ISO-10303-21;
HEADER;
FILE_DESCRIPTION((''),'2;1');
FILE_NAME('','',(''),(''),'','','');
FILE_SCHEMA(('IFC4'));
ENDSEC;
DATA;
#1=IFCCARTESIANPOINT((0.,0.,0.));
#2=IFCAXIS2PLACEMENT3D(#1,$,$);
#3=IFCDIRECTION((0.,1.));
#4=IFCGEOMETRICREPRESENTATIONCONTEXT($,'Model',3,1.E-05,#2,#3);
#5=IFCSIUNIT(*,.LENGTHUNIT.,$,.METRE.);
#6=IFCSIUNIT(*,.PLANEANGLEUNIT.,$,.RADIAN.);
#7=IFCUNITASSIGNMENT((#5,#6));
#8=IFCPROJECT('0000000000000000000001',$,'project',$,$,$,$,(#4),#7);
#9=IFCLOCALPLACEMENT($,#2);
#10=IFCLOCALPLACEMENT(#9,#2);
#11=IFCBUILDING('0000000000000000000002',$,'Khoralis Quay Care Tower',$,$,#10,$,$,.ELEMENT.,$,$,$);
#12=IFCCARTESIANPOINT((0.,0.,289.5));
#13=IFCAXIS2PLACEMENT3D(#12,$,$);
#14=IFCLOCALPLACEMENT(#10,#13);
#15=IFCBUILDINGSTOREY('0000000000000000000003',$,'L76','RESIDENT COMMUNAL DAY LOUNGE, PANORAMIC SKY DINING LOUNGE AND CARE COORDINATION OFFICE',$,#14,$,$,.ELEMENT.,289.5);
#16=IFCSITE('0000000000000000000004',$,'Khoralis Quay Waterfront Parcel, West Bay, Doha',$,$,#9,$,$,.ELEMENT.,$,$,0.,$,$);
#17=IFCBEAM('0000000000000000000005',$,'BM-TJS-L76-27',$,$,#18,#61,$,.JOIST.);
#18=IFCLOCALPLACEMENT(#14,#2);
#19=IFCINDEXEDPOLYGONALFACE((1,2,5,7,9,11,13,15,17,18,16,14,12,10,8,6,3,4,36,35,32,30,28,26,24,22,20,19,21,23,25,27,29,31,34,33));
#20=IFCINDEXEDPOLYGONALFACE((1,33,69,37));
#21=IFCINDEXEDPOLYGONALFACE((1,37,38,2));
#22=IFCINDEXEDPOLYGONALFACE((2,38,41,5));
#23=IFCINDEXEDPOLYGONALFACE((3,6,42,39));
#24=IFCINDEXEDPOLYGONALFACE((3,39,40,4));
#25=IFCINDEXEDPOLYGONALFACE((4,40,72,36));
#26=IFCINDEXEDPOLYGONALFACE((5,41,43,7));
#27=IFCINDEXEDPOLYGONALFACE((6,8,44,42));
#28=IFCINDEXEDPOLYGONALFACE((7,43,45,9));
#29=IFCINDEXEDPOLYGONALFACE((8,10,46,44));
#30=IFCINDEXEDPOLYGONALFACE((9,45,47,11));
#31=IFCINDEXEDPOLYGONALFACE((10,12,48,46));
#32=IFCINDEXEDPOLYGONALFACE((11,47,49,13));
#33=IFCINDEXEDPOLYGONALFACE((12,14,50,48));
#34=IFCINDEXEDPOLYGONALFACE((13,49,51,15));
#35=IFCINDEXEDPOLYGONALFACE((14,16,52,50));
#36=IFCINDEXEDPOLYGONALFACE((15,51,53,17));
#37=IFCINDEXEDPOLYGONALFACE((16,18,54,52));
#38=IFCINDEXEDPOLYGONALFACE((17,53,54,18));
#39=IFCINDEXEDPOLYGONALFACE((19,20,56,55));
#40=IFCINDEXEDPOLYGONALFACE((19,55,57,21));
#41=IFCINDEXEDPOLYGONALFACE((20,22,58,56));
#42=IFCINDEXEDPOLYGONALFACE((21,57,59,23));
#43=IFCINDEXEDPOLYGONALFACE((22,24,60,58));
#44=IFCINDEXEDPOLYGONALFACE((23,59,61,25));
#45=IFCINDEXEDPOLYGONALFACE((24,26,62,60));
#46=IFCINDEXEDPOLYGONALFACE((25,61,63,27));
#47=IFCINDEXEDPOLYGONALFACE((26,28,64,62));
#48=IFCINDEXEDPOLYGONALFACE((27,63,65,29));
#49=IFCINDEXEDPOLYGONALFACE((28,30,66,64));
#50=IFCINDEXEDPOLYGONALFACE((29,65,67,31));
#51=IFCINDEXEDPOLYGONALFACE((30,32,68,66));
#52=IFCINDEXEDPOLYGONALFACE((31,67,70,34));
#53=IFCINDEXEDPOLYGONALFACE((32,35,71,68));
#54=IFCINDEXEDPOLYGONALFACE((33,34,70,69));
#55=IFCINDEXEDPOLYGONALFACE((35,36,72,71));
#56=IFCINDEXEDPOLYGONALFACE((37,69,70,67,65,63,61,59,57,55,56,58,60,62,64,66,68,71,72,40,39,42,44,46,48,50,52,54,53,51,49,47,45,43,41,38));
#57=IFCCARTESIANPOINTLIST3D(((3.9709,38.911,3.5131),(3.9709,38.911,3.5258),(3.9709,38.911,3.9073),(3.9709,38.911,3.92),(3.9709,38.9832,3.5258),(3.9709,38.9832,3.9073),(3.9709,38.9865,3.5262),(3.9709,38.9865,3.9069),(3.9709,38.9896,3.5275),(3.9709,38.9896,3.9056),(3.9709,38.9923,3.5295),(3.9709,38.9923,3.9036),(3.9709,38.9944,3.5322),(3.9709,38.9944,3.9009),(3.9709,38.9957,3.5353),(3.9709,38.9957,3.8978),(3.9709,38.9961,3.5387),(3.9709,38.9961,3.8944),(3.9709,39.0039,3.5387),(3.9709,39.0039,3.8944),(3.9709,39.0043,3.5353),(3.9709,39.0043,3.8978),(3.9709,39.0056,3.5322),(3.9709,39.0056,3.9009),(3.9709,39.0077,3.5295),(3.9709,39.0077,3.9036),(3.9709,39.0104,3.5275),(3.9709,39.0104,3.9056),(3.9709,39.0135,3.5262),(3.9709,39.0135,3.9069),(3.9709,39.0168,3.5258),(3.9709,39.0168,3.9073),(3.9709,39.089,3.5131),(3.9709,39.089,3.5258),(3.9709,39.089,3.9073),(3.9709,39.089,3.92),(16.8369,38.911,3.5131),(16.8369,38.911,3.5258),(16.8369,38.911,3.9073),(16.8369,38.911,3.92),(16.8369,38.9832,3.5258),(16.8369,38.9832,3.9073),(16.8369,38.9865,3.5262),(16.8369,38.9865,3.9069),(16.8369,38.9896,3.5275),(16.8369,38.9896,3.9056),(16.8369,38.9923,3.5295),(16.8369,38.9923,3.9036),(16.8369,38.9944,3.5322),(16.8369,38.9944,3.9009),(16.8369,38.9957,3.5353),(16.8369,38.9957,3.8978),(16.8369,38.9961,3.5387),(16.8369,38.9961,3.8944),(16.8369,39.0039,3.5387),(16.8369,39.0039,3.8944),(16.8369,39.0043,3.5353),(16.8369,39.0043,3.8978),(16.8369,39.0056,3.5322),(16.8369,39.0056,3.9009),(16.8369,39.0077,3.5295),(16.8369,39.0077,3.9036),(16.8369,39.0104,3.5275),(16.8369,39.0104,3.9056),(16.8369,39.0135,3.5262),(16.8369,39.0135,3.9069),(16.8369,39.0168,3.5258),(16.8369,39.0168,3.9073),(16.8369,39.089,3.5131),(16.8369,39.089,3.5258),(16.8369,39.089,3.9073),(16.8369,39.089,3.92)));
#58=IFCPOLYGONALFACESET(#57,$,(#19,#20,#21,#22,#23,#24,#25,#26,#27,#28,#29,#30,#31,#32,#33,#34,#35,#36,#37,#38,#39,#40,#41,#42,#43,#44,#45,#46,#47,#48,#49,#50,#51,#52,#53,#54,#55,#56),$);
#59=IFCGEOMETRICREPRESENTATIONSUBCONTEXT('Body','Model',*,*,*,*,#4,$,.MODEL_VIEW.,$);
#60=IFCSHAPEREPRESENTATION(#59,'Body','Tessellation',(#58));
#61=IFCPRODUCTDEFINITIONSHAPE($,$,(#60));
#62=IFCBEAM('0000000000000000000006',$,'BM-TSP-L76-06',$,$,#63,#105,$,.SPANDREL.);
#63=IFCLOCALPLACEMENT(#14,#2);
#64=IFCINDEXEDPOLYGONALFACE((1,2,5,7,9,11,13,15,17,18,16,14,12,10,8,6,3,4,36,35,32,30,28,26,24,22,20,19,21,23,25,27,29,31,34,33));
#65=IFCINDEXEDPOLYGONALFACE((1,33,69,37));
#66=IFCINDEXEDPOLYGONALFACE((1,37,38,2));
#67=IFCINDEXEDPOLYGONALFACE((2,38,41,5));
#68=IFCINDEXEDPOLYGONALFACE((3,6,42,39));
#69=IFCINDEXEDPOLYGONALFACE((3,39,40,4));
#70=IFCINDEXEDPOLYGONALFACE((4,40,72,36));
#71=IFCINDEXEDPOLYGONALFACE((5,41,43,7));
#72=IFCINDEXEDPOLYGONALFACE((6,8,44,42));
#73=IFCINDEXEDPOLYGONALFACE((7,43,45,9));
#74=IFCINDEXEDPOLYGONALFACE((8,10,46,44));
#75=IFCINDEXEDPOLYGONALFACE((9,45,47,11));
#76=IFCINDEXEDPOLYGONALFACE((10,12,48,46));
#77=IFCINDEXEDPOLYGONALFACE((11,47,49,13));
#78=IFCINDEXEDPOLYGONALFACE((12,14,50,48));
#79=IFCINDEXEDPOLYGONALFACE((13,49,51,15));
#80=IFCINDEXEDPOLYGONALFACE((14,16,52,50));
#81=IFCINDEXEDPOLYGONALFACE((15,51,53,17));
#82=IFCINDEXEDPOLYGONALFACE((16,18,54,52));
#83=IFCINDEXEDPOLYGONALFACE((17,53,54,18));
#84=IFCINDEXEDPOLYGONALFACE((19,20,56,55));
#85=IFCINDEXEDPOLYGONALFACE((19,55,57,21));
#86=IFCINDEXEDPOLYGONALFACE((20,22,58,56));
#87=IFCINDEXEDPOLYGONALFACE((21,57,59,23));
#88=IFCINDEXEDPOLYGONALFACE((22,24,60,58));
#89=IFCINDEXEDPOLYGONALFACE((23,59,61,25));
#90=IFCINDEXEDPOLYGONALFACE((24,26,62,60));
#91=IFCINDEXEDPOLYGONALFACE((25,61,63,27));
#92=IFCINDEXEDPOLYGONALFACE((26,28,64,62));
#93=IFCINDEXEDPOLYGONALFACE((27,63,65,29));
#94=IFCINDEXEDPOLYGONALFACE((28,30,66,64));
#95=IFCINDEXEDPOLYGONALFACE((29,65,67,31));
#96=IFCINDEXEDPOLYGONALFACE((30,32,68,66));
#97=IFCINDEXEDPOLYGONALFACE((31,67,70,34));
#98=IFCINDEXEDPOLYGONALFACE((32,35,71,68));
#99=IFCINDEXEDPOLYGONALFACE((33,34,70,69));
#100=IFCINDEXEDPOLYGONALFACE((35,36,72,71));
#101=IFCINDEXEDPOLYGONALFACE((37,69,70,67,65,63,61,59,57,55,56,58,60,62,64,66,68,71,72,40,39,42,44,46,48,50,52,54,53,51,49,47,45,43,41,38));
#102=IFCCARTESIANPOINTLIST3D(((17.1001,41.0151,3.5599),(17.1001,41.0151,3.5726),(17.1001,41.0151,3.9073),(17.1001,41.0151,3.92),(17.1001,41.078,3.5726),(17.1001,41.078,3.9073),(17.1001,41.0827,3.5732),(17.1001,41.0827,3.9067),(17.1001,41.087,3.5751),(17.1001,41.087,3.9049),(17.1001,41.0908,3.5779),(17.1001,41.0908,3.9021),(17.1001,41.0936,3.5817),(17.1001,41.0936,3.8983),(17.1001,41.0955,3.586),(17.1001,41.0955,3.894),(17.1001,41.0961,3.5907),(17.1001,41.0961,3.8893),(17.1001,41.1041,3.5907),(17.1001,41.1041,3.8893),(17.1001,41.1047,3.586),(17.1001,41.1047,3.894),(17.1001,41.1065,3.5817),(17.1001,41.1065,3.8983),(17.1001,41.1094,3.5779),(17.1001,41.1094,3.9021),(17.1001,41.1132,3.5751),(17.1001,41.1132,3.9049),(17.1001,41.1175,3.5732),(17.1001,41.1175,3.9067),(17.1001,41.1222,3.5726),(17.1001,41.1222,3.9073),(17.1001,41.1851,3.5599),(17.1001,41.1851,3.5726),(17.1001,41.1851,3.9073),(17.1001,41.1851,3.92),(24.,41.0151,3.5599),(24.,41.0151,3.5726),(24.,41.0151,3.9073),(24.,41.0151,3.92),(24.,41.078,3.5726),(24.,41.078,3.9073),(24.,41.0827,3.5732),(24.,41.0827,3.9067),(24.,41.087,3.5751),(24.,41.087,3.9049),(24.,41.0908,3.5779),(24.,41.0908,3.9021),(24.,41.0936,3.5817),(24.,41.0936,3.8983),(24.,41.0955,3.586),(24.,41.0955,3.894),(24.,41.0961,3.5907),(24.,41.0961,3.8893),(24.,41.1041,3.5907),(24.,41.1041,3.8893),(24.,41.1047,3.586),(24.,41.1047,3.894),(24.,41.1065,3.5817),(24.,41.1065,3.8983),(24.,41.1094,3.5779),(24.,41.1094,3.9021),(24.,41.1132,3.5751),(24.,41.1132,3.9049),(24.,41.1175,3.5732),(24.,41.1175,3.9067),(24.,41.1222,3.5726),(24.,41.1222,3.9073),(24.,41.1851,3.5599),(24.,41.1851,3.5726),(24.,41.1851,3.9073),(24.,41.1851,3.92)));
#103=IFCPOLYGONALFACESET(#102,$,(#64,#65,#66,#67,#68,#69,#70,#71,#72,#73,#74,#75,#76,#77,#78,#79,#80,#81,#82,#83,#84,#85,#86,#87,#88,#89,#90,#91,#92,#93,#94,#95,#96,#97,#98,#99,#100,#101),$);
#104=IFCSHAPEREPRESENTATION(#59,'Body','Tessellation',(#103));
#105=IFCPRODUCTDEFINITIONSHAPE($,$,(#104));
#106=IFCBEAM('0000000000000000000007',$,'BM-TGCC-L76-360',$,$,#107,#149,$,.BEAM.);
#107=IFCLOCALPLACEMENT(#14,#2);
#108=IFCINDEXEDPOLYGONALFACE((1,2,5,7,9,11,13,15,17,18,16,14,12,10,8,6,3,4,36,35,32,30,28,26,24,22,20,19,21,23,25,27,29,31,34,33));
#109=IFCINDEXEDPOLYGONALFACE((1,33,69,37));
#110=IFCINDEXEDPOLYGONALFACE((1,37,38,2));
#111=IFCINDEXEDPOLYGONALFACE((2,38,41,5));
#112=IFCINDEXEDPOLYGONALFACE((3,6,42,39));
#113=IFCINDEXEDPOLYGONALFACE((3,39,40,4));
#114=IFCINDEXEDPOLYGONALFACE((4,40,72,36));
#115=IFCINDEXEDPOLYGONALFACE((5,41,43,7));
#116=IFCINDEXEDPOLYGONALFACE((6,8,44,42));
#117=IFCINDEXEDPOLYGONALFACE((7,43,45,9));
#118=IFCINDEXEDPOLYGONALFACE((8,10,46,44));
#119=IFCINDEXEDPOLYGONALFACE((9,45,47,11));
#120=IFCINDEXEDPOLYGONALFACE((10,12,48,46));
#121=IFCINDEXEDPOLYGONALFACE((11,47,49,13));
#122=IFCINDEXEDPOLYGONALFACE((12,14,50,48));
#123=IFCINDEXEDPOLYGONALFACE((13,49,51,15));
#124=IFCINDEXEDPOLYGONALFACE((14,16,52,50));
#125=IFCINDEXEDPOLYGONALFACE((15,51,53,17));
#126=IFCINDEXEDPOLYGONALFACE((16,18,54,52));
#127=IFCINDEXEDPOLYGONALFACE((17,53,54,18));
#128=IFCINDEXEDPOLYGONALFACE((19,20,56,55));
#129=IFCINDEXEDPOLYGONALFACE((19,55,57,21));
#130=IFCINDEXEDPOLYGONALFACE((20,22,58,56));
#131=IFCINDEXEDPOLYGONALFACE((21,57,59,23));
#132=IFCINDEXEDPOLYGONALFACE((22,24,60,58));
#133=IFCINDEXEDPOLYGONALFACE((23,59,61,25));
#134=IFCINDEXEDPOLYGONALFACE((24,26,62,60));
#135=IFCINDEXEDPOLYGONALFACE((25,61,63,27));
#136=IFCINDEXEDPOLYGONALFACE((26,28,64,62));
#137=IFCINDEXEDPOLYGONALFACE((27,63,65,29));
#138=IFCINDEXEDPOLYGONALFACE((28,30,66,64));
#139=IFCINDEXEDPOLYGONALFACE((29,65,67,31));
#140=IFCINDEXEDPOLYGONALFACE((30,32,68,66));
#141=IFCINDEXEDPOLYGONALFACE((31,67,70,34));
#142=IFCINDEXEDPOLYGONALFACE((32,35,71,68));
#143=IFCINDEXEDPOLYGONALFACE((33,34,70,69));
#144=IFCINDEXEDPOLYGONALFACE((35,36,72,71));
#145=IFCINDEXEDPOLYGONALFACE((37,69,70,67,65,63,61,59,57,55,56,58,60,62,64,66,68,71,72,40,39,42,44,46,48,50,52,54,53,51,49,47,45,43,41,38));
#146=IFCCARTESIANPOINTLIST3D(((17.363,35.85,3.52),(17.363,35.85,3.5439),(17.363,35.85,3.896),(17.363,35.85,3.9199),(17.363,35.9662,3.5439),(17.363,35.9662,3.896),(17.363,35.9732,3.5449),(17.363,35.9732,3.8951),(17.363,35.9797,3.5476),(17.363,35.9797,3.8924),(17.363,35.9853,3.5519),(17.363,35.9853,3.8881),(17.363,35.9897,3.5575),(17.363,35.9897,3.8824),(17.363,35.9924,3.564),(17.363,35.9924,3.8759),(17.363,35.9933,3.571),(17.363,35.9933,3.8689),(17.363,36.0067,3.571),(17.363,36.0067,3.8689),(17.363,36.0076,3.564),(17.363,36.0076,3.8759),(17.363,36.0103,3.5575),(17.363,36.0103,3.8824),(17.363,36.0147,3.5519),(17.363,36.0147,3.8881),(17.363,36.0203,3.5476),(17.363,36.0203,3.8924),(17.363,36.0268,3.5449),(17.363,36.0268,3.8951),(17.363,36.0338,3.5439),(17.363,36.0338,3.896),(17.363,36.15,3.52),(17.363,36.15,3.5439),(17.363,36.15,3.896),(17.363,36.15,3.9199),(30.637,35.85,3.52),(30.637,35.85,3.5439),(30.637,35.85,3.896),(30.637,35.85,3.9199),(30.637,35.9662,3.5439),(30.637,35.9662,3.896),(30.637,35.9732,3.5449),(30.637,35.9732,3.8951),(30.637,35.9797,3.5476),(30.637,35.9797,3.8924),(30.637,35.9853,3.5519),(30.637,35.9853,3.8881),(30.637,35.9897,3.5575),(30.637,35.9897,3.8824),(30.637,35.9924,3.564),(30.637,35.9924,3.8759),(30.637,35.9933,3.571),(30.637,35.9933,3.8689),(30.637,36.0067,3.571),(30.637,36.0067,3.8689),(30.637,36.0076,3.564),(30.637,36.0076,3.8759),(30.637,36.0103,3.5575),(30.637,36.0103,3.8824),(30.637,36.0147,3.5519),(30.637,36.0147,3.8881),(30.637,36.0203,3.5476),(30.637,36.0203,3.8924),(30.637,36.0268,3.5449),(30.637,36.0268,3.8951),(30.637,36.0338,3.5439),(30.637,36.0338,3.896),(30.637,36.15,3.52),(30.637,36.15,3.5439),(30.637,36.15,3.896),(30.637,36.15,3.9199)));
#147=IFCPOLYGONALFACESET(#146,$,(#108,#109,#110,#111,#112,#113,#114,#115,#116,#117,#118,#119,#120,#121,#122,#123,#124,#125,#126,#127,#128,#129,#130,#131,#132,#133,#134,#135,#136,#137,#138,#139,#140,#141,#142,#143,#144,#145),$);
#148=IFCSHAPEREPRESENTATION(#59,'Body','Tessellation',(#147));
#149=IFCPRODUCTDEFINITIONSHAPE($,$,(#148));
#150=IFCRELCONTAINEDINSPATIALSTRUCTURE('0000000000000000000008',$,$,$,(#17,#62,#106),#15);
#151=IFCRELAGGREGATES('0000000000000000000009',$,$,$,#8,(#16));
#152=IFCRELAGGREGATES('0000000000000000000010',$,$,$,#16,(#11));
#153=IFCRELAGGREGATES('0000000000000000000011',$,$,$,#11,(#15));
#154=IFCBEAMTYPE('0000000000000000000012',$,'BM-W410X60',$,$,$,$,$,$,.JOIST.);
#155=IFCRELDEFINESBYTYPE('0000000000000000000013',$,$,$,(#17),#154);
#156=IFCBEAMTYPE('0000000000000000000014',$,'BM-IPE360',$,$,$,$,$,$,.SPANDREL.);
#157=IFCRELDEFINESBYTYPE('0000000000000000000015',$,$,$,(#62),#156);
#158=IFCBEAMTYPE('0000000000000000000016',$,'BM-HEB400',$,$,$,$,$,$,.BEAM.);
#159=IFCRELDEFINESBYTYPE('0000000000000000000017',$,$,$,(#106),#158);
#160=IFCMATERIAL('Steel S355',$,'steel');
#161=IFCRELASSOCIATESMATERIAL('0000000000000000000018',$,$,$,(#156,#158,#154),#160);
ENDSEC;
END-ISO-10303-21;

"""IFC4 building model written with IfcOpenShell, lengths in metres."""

from ifc_helpers import new_model, si_unit, direction, frame, origin, origin_2d, place, context, subcontext, project, spatial, i_section, extrude, source, transform, mapped, material, material_profile, profile_set, type_object, element, save


model = new_model("IFC4")

# Units and contexts
model_context = context("Model", 3, precision=1e-05, world=origin(), true_north=direction((0.0, 1.0)))
body_context = subcontext(model_context, "Body", "Model", "MODEL_VIEW")
ifc_project = project(units=[si_unit("LENGTHUNIT", "METRE"), si_unit("PLANEANGLEUNIT", "RADIAN")], contexts=[model_context])

# Site, building, storey
site_placement = place(None, origin())
site = spatial("IfcSite", under=ifc_project, at=site_placement, Name="Khoralis Quay Waterfront Parcel, West Bay, Doha", CompositionType="ELEMENT", RefElevation=0.0)
building_placement = place(site_placement, origin())
building = spatial("IfcBuilding", under=site, at=building_placement, Name="Khoralis Quay Care Tower", CompositionType="ELEMENT")
storey_placement = place(building_placement, frame((0.0, 0.0, 289.5)))
storey = spatial("IfcBuildingStorey", under=building, at=storey_placement, Name="L76", Description="RESIDENT COMMUNAL DAY LOUNGE, PANORAMIC SKY DINING LOUNGE AND CARE COORDINATION OFFICE", CompositionType="ELEMENT", Elevation=289.5)

# Beams
ifc_material_1 = material(Name="Steel S355", Category="steel")
ifc_material_profile_1 = material_profile(ifc_material_1, i_section(OverallWidth=0.1699, OverallDepth=0.3601, WebThickness=0.0081, FlangeThickness=0.0127, FilletRadius=0.0181, at=origin_2d()), Name="Steel S355")
ifc_profile_set_1 = profile_set([ifc_material_profile_1], Name="Steel S355")
beam_type_1 = type_object("IfcBeamType", Name="BM-IPE360", PredefinedType="SPANDREL", material=ifc_profile_set_1)
ifc_material_profile_2 = material_profile(ifc_material_1, i_section(OverallWidth=0.3, OverallDepth=0.3999, WebThickness=0.0134, FlangeThickness=0.0239, FilletRadius=0.0271, at=origin_2d()), Name="Steel S355")
ifc_profile_set_2 = profile_set([ifc_material_profile_2], Name="Steel S355")
beam_type_2 = type_object("IfcBeamType", Name="BM-HEB400", PredefinedType="BEAM", material=ifc_profile_set_2)
ifc_material_profile_3 = material_profile(ifc_material_1, i_section(OverallWidth=0.178, OverallDepth=0.407, WebThickness=0.0078, FlangeThickness=0.0127, FilletRadius=0.0129, at=origin_2d()), Name="Steel S355")
ifc_profile_set_3 = profile_set([ifc_material_profile_3], Name="Steel S355")
beam_type_3 = type_object("IfcBeamType", Name="BM-W410X60", PredefinedType="JOIST", material=ifc_profile_set_3)
shared_shape_1 = source(origin(), body_context, "Body", "SweptSolid", [
    extrude(i_section(OverallWidth=0.178, OverallDepth=0.407, WebThickness=0.0078, FlangeThickness=0.0127, FilletRadius=0.0129, at=origin_2d()), origin(), (0.0, 0.0, 1.0), 12.866),
])
beam_1_placement = place(storey_placement, frame((3.9709, 39.0, 3.7166), z_axis=(1.0, 0.0, 0.0), x_axis=(0.0, 1.0, 0.0)))
element("IfcBeam", 1, at=beam_1_placement, inside=storey, type_object=beam_type_3, Name="BM-TJS-L76-27", PredefinedType="JOIST", context=body_context, shape_type="MappedRepresentation", body=[
    mapped(shared_shape_1, transform((0.0, 0.0, 0.0), scale=1.0)),
])
shared_shape_2 = source(origin(), body_context, "Body", "SweptSolid", [
    extrude(i_section(OverallWidth=0.1699, OverallDepth=0.3601, WebThickness=0.0081, FlangeThickness=0.0127, FilletRadius=0.0181, at=origin_2d()), origin(), (0.0, 0.0, 1.0), 6.8999),
])
beam_2_placement = place(storey_placement, frame((17.1001, 41.1001, 3.74), z_axis=(1.0, 0.0, 0.0), x_axis=(0.0, 1.0, 0.0)))
element("IfcBeam", 2, at=beam_2_placement, inside=storey, type_object=beam_type_1, Name="BM-TSP-L76-06", PredefinedType="SPANDREL", context=body_context, shape_type="MappedRepresentation", body=[
    mapped(shared_shape_2, transform((0.0, 0.0, 0.0), scale=1.0)),
])
shared_shape_3 = source(origin(), body_context, "Body", "SweptSolid", [
    extrude(i_section(OverallWidth=0.3, OverallDepth=0.3999, WebThickness=0.0134, FlangeThickness=0.0239, FilletRadius=0.0271, at=origin_2d()), origin(), (0.0, 0.0, 1.0), 13.2739),
])
beam_3_placement = place(storey_placement, frame((17.363, 36.0, 3.72), z_axis=(1.0, 0.0, 0.0), x_axis=(0.0, 1.0, 0.0)))
element("IfcBeam", 3, at=beam_3_placement, inside=storey, type_object=beam_type_2, Name="BM-TGCC-L76-360", PredefinedType="BEAM", context=body_context, shape_type="MappedRepresentation", body=[
    mapped(shared_shape_3, transform((0.0, 0.0, 0.0), scale=1.0)),
])

save(model, "model.ifc")
